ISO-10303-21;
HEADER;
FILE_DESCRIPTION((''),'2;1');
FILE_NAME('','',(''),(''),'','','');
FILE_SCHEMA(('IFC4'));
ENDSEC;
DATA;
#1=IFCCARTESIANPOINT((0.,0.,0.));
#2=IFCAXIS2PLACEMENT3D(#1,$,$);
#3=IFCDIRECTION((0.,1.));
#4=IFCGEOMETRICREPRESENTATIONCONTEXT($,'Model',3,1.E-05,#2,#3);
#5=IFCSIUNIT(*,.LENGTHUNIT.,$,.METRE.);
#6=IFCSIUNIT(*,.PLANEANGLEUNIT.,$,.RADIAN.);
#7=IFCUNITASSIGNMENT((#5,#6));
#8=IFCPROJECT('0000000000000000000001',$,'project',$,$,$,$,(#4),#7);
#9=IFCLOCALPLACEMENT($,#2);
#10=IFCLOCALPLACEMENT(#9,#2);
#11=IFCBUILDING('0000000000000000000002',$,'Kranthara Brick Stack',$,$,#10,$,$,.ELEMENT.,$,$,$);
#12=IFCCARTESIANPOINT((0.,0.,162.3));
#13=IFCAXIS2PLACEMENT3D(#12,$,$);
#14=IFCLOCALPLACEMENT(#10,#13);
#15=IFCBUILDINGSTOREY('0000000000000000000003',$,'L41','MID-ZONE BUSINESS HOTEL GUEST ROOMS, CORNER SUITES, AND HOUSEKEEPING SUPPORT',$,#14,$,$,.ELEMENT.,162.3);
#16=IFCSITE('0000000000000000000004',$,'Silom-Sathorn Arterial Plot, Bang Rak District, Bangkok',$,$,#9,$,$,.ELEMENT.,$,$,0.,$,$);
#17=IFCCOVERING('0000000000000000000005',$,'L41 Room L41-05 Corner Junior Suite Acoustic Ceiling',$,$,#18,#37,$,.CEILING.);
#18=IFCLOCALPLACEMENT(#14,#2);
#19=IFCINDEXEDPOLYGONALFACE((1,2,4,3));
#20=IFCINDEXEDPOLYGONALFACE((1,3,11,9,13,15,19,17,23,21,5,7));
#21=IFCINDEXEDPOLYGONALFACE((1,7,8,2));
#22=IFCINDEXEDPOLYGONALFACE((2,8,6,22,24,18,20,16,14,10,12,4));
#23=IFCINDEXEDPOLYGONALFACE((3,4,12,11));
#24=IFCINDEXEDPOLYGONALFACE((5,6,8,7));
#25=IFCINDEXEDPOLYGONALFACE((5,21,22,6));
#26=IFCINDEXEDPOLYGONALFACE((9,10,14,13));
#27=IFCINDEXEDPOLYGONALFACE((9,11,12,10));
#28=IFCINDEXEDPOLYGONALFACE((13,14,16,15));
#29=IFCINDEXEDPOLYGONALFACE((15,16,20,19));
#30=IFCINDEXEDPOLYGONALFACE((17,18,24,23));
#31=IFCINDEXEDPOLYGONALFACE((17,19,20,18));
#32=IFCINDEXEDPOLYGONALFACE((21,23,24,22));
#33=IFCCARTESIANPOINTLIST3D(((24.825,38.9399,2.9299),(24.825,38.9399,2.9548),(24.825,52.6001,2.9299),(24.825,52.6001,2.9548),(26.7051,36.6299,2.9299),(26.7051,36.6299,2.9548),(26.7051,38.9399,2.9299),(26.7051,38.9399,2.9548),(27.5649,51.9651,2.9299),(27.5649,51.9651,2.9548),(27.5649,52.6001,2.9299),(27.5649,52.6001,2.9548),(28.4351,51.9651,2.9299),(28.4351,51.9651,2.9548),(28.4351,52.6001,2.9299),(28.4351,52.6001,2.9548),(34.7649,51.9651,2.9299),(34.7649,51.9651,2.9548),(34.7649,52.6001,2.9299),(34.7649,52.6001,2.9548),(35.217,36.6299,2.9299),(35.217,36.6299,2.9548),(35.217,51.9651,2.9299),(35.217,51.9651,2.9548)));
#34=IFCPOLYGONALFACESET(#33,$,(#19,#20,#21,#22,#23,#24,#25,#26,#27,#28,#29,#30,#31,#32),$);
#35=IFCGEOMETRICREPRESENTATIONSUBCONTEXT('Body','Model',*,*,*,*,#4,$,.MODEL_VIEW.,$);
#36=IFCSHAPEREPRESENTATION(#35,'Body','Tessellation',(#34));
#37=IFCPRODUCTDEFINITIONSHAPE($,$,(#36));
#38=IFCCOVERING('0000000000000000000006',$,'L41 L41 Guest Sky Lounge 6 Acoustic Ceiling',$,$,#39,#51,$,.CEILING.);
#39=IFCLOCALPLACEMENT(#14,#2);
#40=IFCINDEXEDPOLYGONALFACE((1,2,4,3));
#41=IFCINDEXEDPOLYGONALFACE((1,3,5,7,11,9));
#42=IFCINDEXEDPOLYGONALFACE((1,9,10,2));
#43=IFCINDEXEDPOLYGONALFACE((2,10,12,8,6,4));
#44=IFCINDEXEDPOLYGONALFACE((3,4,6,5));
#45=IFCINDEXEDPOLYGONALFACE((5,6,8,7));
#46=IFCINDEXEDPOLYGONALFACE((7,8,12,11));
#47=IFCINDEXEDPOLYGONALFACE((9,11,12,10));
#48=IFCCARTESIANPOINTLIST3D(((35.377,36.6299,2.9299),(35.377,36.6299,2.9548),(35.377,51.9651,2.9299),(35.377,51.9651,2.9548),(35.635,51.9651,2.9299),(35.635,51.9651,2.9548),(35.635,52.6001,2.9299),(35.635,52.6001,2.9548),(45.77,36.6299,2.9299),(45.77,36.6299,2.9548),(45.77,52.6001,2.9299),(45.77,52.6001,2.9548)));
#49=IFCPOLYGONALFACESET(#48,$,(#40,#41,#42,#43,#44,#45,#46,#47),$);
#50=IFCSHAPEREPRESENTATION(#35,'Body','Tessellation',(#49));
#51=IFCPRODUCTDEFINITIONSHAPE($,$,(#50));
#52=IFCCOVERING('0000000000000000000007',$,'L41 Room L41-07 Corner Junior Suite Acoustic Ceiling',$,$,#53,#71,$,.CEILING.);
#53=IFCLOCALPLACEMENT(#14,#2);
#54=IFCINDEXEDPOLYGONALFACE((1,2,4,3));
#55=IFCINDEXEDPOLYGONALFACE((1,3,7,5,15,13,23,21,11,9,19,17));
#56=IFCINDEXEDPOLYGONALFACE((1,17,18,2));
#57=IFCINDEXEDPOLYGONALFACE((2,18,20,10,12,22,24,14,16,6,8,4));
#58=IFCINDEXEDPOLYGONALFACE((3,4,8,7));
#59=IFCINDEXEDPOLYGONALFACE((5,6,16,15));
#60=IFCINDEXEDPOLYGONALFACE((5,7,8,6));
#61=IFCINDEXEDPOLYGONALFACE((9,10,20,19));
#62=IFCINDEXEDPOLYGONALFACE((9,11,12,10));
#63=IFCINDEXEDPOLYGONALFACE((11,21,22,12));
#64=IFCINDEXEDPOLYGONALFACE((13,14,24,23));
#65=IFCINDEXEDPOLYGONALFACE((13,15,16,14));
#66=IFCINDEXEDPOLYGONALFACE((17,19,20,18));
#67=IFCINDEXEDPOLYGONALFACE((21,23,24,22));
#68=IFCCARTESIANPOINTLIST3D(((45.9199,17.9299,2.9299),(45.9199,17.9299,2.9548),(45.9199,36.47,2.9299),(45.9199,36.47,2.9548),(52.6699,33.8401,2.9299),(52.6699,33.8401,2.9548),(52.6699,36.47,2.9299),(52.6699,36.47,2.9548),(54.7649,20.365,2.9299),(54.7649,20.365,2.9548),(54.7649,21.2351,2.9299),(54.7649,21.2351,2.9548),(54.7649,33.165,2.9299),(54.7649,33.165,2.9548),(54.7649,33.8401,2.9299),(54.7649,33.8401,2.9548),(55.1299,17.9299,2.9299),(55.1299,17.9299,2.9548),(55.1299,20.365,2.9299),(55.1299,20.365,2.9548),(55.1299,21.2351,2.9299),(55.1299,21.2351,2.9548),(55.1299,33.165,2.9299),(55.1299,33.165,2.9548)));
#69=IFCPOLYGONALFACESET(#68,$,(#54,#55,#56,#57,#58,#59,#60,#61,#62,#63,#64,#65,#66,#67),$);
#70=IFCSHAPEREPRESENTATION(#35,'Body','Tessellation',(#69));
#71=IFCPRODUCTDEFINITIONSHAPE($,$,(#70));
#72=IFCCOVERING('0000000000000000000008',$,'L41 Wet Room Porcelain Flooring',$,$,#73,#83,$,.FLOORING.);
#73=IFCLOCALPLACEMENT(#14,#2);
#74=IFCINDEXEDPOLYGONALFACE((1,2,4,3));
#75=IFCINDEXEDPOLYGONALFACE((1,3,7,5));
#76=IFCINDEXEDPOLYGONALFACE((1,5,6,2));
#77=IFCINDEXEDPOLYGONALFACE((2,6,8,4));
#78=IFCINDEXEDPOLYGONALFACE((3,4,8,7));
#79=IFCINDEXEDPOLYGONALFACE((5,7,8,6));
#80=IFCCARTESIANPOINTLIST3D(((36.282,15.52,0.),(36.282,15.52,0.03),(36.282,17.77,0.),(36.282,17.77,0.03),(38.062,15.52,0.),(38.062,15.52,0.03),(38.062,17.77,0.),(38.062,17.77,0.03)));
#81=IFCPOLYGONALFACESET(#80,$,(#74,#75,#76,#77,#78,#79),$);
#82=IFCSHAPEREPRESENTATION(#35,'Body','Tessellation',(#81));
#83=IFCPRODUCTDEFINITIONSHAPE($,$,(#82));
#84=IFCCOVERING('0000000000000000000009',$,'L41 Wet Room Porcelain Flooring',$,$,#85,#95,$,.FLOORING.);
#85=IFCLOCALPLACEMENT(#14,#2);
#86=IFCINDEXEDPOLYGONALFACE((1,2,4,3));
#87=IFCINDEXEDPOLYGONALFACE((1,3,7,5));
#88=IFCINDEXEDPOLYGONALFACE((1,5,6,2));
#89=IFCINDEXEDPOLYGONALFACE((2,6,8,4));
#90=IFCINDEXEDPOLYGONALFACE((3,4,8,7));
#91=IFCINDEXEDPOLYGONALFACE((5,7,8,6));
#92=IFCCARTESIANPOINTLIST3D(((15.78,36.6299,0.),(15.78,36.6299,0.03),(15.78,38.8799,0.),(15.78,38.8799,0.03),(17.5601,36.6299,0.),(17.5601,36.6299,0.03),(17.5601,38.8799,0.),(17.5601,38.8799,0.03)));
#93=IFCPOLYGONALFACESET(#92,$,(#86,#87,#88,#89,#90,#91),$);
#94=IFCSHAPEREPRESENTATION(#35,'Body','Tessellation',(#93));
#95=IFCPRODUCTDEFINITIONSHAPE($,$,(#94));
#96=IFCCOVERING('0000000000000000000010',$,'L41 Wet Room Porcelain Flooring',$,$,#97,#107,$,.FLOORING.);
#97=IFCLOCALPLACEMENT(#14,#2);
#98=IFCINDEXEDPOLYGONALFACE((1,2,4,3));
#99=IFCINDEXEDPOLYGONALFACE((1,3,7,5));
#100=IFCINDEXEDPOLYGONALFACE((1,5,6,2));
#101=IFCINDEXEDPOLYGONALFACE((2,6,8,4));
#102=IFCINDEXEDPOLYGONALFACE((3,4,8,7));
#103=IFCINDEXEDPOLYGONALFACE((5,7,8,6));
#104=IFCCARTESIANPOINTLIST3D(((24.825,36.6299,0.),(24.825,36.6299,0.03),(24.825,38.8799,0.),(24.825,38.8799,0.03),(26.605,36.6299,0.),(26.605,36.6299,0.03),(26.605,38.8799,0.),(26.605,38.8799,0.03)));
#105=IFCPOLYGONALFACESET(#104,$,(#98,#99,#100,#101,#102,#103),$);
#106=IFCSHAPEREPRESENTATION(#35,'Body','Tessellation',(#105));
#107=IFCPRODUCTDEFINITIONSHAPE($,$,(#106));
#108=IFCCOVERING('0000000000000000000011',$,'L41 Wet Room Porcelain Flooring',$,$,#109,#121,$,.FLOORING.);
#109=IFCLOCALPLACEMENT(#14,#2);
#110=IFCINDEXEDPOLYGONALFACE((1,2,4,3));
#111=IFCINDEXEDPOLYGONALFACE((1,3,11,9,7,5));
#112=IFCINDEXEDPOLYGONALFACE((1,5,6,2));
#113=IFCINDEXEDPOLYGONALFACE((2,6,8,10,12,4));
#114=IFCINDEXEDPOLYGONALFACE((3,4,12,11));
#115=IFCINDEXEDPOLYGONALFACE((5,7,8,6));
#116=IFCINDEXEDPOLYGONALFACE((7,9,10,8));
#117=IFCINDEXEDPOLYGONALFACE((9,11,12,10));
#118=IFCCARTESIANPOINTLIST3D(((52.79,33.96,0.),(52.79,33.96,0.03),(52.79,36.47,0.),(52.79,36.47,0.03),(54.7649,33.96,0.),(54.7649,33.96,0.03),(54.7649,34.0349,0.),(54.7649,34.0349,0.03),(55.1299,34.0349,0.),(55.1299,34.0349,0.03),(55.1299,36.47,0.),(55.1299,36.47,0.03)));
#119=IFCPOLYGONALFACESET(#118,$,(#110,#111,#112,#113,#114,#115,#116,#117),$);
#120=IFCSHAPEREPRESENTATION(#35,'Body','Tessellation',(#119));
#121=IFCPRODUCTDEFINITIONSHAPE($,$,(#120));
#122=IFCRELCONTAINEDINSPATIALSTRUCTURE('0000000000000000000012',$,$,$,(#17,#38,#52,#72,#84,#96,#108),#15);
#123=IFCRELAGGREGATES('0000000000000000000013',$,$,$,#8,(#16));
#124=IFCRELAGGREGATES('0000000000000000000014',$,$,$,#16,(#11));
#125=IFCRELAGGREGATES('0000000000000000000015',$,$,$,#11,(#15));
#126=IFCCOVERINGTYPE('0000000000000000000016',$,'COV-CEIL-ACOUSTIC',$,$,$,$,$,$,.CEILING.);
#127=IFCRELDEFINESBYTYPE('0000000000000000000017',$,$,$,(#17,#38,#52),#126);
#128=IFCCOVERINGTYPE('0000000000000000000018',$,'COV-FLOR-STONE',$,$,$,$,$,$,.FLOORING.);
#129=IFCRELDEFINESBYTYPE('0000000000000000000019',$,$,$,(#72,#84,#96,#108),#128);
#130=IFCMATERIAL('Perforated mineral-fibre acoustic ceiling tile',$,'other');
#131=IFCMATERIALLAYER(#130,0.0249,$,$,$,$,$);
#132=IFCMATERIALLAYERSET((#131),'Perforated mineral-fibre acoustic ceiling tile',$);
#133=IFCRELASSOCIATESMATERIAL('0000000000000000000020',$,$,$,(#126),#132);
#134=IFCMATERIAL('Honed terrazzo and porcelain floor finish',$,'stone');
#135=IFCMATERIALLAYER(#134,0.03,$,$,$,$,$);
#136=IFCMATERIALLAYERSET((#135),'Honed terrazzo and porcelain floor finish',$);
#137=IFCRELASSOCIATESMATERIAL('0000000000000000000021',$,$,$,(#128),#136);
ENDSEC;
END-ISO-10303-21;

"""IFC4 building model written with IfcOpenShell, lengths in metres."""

from ifc_helpers import new_model, si_unit, direction, frame, origin, place, context, subcontext, project, spatial, polyline, outline, extrude, material, layer, layer_set, type_object, element, save


model = new_model("IFC4")

# Units and contexts
model_context = context("Model", 3, precision=1e-05, world=origin(), true_north=direction((0.0, 1.0)))
body_context = subcontext(model_context, "Body", "Model", "MODEL_VIEW")
ifc_project = project(units=[si_unit("LENGTHUNIT", "METRE"), si_unit("PLANEANGLEUNIT", "RADIAN")], contexts=[model_context])

# Site, building, storey
site_placement = place(None, origin())
site = spatial("IfcSite", under=ifc_project, at=site_placement, Name="Silom-Sathorn Arterial Plot, Bang Rak District, Bangkok", CompositionType="ELEMENT", RefElevation=0.0)
building_placement = place(site_placement, origin())
building = spatial("IfcBuilding", under=site, at=building_placement, Name="Kranthara Brick Stack", CompositionType="ELEMENT")
storey_placement = place(building_placement, frame((0.0, 0.0, 162.3)))
storey = spatial("IfcBuildingStorey", under=building, at=storey_placement, Name="L41", Description="MID-ZONE BUSINESS HOTEL GUEST ROOMS, CORNER SUITES, AND HOUSEKEEPING SUPPORT", CompositionType="ELEMENT", Elevation=162.3)

# Coverings
ifc_material_1 = material(Name="Perforated mineral-fibre acoustic ceiling tile", Category="other")
ifc_layer_1 = layer(ifc_material_1, 0.0249)
ifc_layer_set_1 = layer_set([ifc_layer_1], Name="Perforated mineral-fibre acoustic ceiling tile")
covering_type_1 = type_object("IfcCoveringType", Name="COV-CEIL-ACOUSTIC", PredefinedType="CEILING", material=ifc_layer_set_1)
covering_1_placement = place(storey_placement, frame((0.0, 0.0, 2.9299)))
element("IfcCovering", 1, at=covering_1_placement, inside=storey, type_object=covering_type_1, Name="L41 Room L41-05 Corner Junior Suite Acoustic Ceiling", PredefinedType="CEILING", context=body_context, shape_type="SweptSolid", body=[
    extrude(outline(polyline([(35.217, 36.6299), (26.7051, 36.6299), (26.7051, 38.9399), (24.825, 38.9399), (24.825, 52.6001), (27.5649, 52.6001), (27.5649, 51.9651), (28.4351, 51.9651), (28.4351, 52.6001), (34.7649, 52.6001), (34.7649, 51.9651), (35.217, 51.9651), (35.217, 36.6299)])), origin(), (0.0, 0.0, 1.0), 0.0249),
])
covering_2_placement = place(storey_placement, frame((0.0, 0.0, 2.9299)))
element("IfcCovering", 2, at=covering_2_placement, inside=storey, type_object=covering_type_1, Name="L41 L41 Guest Sky Lounge 6 Acoustic Ceiling", PredefinedType="CEILING", context=body_context, shape_type="SweptSolid", body=[
    extrude(outline(polyline([(45.77, 52.6001), (45.77, 36.6299), (35.377, 36.6299), (35.377, 51.9651), (35.635, 51.9651), (35.635, 52.6001), (45.77, 52.6001)])), origin(), (0.0, 0.0, 1.0), 0.0249),
])
covering_3_placement = place(storey_placement, frame((0.0, 0.0, 2.9299)))
element("IfcCovering", 3, at=covering_3_placement, inside=storey, type_object=covering_type_1, Name="L41 Room L41-07 Corner Junior Suite Acoustic Ceiling", PredefinedType="CEILING", context=body_context, shape_type="SweptSolid", body=[
    extrude(outline(polyline([(45.9199, 17.9299), (45.9199, 36.47), (52.6699, 36.47), (52.6699, 33.8401), (54.7649, 33.8401), (54.7649, 33.165), (55.1299, 33.165), (55.1299, 21.2351), (54.7649, 21.2351), (54.7649, 20.365), (55.1299, 20.365), (55.1299, 17.9299), (45.9199, 17.9299)])), origin(), (0.0, 0.0, 1.0), 0.0249),
])
ifc_material_2 = material(Name="Honed terrazzo and porcelain floor finish", Category="stone")
ifc_layer_2 = layer(ifc_material_2, 0.03)
ifc_layer_set_2 = layer_set([ifc_layer_2], Name="Honed terrazzo and porcelain floor finish")
covering_type_2 = type_object("IfcCoveringType", Name="COV-FLOR-STONE", PredefinedType="FLOORING", material=ifc_layer_set_2)
covering_4_placement = place(storey_placement, origin())
element("IfcCovering", 4, at=covering_4_placement, inside=storey, type_object=covering_type_2, Name="L41 Wet Room Porcelain Flooring", PredefinedType="FLOORING", context=body_context, shape_type="SweptSolid", body=[
    extrude(outline(polyline([(36.282, 15.52), (36.282, 17.77), (38.062, 17.77), (38.062, 15.52), (36.282, 15.52)])), origin(), (0.0, 0.0, 1.0), 0.03),
])
covering_5_placement = place(storey_placement, origin())
element("IfcCovering", 5, at=covering_5_placement, inside=storey, type_object=covering_type_2, Name="L41 Wet Room Porcelain Flooring", PredefinedType="FLOORING", context=body_context, shape_type="SweptSolid", body=[
    extrude(outline(polyline([(15.78, 36.6299), (15.78, 38.8799), (17.5601, 38.8799), (17.5601, 36.6299), (15.78, 36.6299)])), origin(), (0.0, 0.0, 1.0), 0.03),
])
covering_6_placement = place(storey_placement, origin())
element("IfcCovering", 6, at=covering_6_placement, inside=storey, type_object=covering_type_2, Name="L41 Wet Room Porcelain Flooring", PredefinedType="FLOORING", context=body_context, shape_type="SweptSolid", body=[
    extrude(outline(polyline([(24.825, 36.6299), (24.825, 38.8799), (26.605, 38.8799), (26.605, 36.6299), (24.825, 36.6299)])), origin(), (0.0, 0.0, 1.0), 0.03),
])
covering_7_placement = place(storey_placement, origin())
element("IfcCovering", 7, at=covering_7_placement, inside=storey, type_object=covering_type_2, Name="L41 Wet Room Porcelain Flooring", PredefinedType="FLOORING", context=body_context, shape_type="SweptSolid", body=[
    extrude(outline(polyline([(52.79, 36.47), (55.1299, 36.47), (55.1299, 34.0349), (54.7649, 34.0349), (54.7649, 33.96), (52.79, 33.96), (52.79, 36.47)])), origin(), (0.0, 0.0, 1.0), 0.03),
])

save(model, "model.ifc")
